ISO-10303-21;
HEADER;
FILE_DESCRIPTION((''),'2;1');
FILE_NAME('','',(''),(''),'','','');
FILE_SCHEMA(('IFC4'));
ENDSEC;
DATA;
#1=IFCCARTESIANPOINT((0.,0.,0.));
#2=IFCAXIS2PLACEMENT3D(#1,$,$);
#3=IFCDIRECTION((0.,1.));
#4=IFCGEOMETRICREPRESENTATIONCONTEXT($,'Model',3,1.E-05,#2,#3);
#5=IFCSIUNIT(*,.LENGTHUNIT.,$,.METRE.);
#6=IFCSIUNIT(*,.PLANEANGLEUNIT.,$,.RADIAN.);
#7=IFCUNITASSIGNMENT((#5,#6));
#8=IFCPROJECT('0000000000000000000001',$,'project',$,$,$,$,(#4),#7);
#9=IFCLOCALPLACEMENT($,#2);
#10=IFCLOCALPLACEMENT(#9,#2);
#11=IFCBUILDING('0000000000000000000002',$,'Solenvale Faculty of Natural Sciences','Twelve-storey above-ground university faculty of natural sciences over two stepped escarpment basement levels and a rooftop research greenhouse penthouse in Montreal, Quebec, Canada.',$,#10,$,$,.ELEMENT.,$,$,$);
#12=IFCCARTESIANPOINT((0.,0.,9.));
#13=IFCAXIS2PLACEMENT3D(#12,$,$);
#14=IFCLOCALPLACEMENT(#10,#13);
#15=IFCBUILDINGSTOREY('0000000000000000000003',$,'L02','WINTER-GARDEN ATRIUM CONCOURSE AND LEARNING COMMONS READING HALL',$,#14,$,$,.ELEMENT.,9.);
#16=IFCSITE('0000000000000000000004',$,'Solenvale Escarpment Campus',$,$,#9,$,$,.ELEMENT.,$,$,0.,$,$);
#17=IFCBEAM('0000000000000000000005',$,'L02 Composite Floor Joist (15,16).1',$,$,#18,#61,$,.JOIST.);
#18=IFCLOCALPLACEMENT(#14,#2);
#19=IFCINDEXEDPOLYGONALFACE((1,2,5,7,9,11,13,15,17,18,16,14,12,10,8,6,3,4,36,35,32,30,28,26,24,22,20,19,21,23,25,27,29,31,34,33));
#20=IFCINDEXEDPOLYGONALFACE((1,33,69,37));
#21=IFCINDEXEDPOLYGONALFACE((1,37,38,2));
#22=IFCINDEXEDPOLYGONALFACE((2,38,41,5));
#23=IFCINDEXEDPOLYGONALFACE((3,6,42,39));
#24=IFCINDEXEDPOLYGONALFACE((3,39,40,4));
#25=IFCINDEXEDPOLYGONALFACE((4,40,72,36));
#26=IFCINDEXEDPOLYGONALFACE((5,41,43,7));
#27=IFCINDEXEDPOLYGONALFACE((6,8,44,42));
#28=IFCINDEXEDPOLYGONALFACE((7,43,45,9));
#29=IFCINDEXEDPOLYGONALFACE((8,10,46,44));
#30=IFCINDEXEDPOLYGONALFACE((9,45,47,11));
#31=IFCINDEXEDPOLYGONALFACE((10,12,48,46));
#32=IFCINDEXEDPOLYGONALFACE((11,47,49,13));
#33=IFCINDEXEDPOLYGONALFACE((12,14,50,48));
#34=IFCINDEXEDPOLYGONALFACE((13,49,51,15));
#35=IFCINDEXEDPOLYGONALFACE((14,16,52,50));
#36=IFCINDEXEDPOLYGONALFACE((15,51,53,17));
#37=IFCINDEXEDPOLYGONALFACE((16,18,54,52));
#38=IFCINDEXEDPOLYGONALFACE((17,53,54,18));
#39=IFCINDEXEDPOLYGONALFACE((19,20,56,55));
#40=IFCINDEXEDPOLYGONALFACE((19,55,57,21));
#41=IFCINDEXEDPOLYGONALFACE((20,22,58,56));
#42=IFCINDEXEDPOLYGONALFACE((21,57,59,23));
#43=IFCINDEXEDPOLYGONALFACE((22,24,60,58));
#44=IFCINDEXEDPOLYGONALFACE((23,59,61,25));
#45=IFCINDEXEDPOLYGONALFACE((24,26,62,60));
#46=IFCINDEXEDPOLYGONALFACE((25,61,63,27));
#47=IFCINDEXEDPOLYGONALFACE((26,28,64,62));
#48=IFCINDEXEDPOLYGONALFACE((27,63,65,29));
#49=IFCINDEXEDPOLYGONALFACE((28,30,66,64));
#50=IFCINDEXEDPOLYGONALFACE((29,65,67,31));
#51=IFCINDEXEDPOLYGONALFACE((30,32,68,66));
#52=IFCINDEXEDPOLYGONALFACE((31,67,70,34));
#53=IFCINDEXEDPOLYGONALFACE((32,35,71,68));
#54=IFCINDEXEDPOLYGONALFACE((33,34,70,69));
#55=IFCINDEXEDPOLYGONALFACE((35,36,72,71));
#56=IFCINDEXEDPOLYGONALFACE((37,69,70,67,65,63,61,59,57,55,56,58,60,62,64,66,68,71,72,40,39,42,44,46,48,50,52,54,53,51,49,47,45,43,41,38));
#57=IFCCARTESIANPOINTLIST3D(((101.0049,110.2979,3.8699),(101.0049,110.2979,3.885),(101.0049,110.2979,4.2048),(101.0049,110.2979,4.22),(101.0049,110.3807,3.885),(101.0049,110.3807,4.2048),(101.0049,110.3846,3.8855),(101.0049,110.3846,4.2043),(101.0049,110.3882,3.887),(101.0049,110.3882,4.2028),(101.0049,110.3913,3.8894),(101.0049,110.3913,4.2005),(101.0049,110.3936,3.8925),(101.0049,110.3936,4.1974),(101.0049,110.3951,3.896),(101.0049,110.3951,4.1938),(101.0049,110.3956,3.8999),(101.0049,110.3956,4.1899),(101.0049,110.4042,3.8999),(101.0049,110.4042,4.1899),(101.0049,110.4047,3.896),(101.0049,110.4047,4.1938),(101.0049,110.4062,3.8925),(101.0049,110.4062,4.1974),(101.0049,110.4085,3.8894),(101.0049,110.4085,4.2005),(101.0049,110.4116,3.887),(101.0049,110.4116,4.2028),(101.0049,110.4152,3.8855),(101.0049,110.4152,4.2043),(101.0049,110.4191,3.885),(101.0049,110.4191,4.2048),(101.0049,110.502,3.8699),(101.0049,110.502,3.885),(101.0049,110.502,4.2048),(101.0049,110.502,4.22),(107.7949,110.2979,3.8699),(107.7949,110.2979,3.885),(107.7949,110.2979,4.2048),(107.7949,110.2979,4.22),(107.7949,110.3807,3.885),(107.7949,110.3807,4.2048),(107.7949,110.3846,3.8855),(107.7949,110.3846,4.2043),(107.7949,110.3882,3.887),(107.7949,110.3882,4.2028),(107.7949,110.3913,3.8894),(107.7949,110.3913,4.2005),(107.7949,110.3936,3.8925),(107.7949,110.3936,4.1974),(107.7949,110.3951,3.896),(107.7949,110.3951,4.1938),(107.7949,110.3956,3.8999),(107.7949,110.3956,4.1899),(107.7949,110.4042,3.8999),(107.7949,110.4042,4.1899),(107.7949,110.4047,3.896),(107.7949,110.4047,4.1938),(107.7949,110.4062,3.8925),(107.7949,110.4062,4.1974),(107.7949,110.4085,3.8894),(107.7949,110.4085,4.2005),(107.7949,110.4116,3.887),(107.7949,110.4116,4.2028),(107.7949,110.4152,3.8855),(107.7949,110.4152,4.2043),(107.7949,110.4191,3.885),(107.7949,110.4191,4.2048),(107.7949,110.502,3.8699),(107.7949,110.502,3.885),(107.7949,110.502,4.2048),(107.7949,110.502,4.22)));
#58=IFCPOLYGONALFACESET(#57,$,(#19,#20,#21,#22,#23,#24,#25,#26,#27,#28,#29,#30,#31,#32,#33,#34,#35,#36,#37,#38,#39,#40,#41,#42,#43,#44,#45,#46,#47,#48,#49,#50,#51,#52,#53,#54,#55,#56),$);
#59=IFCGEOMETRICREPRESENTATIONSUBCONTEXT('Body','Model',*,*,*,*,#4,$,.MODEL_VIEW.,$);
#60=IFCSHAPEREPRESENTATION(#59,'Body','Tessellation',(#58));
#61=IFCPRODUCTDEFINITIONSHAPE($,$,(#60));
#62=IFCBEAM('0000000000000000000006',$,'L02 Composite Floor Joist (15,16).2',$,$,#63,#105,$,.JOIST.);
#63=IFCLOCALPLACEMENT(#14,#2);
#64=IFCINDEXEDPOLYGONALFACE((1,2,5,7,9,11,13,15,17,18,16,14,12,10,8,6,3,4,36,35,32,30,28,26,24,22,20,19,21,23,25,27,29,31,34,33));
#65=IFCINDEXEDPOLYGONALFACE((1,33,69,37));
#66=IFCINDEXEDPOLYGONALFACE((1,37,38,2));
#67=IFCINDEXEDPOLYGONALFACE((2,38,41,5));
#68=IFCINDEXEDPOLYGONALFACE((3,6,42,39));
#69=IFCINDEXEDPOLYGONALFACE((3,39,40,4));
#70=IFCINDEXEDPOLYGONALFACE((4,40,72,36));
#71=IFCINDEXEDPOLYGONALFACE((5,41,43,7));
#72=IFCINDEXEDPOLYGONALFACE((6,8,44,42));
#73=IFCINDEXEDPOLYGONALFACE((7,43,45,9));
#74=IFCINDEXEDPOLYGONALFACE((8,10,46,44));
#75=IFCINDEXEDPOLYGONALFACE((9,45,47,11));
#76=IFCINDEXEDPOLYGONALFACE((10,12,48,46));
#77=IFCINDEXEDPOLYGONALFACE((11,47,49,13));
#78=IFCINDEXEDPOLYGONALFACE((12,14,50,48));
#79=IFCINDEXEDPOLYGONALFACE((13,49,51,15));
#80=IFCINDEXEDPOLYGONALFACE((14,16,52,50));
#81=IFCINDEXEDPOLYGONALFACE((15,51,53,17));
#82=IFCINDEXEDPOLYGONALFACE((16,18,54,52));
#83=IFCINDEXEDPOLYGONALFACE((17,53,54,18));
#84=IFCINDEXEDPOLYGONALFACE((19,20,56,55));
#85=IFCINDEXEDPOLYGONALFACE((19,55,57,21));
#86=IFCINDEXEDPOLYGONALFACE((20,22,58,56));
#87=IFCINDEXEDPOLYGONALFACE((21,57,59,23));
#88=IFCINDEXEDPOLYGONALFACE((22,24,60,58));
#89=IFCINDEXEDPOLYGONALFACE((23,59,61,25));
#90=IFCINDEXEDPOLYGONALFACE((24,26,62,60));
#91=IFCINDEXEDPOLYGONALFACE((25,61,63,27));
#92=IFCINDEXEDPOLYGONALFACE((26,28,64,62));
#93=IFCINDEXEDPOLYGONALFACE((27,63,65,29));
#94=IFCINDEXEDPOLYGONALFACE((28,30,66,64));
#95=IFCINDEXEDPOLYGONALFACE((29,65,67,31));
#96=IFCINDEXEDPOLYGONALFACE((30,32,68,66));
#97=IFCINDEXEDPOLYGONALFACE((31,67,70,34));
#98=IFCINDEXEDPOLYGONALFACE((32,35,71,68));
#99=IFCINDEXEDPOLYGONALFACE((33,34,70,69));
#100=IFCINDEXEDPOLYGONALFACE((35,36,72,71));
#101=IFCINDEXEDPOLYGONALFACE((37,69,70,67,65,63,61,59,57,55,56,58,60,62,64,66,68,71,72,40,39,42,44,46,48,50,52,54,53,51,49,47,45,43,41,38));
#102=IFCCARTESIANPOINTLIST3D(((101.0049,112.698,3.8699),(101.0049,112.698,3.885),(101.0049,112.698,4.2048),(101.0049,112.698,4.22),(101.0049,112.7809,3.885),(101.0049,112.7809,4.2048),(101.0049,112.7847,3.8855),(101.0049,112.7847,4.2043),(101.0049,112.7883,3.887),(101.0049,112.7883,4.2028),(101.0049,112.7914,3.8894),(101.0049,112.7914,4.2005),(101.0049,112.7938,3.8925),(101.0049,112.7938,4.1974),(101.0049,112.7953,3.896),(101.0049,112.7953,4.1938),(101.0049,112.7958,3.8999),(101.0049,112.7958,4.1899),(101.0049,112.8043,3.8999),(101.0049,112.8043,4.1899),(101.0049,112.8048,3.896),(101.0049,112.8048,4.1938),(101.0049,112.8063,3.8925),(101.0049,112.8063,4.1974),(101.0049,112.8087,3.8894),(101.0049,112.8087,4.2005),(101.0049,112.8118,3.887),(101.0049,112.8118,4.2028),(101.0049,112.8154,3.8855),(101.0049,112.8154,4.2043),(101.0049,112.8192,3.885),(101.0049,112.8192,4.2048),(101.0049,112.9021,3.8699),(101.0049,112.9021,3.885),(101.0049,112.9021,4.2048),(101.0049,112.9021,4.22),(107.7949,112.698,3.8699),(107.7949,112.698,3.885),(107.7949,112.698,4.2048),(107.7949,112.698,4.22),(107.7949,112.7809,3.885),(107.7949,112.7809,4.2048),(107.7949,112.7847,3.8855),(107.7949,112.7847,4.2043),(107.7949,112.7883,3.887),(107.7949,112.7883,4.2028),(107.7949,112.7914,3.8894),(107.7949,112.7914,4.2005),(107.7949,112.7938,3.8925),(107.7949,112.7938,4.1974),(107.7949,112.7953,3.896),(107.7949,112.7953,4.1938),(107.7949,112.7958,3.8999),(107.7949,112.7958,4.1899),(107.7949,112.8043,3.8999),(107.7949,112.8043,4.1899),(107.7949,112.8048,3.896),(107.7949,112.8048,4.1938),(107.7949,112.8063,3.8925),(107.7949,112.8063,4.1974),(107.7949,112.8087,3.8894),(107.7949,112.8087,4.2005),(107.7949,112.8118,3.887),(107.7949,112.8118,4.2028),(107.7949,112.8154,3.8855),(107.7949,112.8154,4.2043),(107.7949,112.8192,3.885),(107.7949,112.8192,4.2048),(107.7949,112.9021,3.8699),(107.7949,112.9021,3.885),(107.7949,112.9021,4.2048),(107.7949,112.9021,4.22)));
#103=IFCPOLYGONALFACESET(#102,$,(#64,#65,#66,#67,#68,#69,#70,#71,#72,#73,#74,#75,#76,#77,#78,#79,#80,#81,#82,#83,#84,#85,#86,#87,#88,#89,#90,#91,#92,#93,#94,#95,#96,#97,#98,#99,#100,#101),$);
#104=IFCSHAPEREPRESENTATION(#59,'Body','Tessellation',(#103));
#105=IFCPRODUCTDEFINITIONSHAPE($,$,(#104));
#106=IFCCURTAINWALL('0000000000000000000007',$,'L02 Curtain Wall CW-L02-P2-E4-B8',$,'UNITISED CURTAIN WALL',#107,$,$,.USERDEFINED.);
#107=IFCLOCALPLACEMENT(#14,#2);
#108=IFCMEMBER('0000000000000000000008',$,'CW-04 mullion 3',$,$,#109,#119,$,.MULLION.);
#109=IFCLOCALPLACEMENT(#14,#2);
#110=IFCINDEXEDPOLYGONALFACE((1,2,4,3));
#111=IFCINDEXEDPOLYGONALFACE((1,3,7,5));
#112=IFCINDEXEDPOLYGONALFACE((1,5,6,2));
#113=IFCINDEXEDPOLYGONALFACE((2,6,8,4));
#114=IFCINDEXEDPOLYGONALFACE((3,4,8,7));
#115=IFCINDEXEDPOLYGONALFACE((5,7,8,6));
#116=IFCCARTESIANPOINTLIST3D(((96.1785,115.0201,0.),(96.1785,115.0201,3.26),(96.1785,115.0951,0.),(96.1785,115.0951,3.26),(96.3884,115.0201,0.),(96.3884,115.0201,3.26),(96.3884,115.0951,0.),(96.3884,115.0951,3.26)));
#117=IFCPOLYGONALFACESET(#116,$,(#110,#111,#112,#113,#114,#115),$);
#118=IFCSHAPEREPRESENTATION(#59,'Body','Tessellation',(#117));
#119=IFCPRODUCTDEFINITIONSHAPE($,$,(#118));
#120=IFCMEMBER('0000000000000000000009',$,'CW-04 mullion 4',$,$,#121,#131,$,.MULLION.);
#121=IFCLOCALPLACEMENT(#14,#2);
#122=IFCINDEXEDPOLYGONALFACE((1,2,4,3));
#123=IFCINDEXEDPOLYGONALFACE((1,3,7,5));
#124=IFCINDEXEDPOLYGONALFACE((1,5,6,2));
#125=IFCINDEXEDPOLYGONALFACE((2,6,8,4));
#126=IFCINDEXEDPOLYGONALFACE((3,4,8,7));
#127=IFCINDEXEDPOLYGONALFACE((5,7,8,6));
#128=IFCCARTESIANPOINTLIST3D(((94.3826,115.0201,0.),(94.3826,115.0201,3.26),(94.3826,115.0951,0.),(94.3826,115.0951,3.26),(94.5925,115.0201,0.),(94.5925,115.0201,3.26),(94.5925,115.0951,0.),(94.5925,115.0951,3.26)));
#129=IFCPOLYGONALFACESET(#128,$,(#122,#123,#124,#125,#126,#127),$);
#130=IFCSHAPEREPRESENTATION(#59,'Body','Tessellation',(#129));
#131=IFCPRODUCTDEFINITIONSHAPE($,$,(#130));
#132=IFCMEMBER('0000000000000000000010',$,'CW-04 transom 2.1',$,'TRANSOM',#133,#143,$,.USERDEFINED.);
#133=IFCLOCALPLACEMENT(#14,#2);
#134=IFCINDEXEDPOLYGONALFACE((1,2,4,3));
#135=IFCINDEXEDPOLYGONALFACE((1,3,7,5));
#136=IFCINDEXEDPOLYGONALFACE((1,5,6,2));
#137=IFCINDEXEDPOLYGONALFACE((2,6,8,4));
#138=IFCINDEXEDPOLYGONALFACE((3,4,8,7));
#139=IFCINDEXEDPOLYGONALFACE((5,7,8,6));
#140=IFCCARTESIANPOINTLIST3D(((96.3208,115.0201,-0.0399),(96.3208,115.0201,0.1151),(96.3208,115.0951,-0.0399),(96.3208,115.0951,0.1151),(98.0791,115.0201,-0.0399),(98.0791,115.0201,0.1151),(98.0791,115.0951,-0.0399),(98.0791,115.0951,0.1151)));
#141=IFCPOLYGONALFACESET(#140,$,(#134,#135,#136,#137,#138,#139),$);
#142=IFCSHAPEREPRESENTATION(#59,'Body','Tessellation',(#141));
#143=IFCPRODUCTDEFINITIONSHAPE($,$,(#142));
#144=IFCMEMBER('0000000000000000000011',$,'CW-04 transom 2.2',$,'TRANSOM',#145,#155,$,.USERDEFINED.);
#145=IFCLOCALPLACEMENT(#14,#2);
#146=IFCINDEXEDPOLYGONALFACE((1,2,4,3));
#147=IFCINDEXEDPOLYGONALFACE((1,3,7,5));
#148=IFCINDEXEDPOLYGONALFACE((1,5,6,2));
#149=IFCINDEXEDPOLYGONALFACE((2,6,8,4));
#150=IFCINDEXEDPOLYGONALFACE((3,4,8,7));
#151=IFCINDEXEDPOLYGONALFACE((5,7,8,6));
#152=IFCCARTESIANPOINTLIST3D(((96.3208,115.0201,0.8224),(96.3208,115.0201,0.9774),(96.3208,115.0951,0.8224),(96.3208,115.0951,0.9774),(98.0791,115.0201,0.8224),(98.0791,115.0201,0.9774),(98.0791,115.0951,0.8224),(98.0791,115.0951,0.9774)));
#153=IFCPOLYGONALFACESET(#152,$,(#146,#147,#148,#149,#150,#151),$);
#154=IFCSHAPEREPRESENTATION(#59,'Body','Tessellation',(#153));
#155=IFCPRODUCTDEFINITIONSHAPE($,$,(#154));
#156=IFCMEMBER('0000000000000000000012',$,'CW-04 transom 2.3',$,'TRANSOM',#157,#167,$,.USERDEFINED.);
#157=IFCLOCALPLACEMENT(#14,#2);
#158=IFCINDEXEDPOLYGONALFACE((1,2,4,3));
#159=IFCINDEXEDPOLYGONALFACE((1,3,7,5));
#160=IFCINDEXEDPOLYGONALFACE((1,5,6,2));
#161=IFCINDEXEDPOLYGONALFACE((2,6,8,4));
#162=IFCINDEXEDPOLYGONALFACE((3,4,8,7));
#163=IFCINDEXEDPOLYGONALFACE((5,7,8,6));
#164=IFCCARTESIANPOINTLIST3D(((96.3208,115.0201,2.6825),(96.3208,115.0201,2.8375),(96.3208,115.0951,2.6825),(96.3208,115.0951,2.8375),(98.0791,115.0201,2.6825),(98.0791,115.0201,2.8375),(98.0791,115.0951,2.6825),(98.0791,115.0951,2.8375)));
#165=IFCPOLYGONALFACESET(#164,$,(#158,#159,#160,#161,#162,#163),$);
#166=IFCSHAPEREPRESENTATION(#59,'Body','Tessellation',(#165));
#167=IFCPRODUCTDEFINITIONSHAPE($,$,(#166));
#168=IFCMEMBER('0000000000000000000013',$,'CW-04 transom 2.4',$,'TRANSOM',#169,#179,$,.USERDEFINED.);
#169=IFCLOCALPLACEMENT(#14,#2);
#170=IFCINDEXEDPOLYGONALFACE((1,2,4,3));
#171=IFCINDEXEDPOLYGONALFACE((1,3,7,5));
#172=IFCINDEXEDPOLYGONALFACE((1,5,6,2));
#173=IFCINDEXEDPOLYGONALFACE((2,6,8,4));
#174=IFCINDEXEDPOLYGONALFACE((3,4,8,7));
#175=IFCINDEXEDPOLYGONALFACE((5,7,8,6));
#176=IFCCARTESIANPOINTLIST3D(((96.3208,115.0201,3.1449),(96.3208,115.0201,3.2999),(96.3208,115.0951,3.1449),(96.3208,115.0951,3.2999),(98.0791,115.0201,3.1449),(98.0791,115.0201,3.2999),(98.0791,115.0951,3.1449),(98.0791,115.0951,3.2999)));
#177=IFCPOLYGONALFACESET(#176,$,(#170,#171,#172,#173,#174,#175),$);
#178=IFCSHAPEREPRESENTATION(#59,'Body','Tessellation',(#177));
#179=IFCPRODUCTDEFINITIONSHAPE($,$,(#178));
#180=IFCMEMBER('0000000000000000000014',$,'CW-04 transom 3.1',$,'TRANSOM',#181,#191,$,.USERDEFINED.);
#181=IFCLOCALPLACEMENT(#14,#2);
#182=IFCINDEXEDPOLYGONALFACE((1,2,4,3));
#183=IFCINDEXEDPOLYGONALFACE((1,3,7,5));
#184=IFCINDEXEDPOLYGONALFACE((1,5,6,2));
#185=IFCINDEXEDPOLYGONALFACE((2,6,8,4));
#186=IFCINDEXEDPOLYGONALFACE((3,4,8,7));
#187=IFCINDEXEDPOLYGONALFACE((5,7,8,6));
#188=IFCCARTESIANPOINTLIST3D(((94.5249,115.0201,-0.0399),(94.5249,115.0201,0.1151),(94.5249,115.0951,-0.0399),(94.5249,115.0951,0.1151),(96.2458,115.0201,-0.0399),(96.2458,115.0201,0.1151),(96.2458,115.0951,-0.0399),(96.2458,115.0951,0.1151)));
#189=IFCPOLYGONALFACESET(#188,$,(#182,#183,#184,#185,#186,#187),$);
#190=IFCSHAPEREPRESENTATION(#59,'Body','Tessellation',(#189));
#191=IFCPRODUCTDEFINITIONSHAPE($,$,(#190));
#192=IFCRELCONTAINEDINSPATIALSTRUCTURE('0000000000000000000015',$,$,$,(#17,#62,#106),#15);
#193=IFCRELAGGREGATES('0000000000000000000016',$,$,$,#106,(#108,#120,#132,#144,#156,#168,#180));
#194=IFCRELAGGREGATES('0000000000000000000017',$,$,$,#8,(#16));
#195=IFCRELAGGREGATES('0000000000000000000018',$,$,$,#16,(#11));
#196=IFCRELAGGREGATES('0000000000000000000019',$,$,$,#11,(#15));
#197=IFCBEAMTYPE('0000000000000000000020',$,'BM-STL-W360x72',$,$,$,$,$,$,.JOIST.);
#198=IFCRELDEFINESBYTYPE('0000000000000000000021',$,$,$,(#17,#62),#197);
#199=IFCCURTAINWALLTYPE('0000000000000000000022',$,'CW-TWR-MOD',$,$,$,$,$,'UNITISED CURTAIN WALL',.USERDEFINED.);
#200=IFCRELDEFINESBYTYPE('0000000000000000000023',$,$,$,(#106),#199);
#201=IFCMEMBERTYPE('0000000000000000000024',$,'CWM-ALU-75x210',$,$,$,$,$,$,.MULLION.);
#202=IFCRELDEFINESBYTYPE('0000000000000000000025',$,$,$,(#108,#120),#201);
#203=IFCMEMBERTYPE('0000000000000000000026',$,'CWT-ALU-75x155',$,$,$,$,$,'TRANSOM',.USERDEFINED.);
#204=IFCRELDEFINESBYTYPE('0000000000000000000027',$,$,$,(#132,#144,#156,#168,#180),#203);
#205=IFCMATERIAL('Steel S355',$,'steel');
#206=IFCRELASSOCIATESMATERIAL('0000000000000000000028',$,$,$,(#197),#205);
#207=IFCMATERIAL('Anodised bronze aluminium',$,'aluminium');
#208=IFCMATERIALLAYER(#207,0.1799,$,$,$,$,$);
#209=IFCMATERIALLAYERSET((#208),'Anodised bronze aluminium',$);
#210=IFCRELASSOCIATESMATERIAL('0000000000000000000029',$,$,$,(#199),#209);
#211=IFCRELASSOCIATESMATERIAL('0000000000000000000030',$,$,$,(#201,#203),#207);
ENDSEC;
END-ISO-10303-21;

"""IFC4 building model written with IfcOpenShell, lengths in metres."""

from ifc_helpers import new_model, si_unit, direction, frame, origin, origin_2d, place, context, subcontext, project, spatial, rectangle, i_section, extrude, material, layer, layer_set, material_profile, profile_set, type_object, element, aggregate, save


model = new_model("IFC4")

# Units and contexts
model_context = context("Model", 3, precision=1e-05, world=origin(), true_north=direction((0.0, 1.0)))
body_context = subcontext(model_context, "Body", "Model", "MODEL_VIEW")
ifc_project = project(units=[si_unit("LENGTHUNIT", "METRE"), si_unit("PLANEANGLEUNIT", "RADIAN")], contexts=[model_context])

# Site, building, storey
site_placement = place(None, origin())
site = spatial("IfcSite", under=ifc_project, at=site_placement, Name="Solenvale Escarpment Campus", CompositionType="ELEMENT", RefElevation=0.0)
building_placement = place(site_placement, origin())
building = spatial("IfcBuilding", under=site, at=building_placement, Name="Solenvale Faculty of Natural Sciences", Description="Twelve-storey above-ground university faculty of natural sciences over two stepped escarpment basement levels and a rooftop research greenhouse penthouse in Montreal, Quebec, Canada.", CompositionType="ELEMENT")
storey_placement = place(building_placement, frame((0.0, 0.0, 9.0)))
storey = spatial("IfcBuildingStorey", under=building, at=storey_placement, Name="L02", Description="WINTER-GARDEN ATRIUM CONCOURSE AND LEARNING COMMONS READING HALL", CompositionType="ELEMENT", Elevation=9.0)

# Beams
ifc_material_1 = material(Name="Steel S355", Category="steel")
ifc_material_profile_1 = material_profile(ifc_material_1, i_section(OverallWidth=0.2041, OverallDepth=0.3501, WebThickness=0.0085, FlangeThickness=0.0151, FilletRadius=0.0149, at=origin_2d()), Name="W360x72")
ifc_profile_set_1 = profile_set([ifc_material_profile_1], Name="Steel S355")
beam_type_1 = type_object("IfcBeamType", Name="BM-STL-W360x72", PredefinedType="JOIST", material=ifc_profile_set_1)
for number, where, z_axis, x_axis, name in (
    (1, (101.0049, 110.3999, 4.0449), (1.0, 0.0, 0.0), (0.0, 1.0, 0.0), "L02 Composite Floor Joist (15,16).1"),
    (2, (101.0049, 112.8, 4.0449), (1.0, 0.0, 0.0), (0.0, 1.0, 0.0), "L02 Composite Floor Joist (15,16).2"),
):
    element("IfcBeam", number, at=place(storey_placement, frame(where, z_axis=z_axis, x_axis=x_axis)), inside=storey, type_object=beam_type_1, Name=name, PredefinedType="JOIST", context=body_context, shape_type="SweptSolid", body=[
        extrude(i_section(OverallWidth=0.2041, OverallDepth=0.3501, WebThickness=0.0085, FlangeThickness=0.0151, FilletRadius=0.0149, at=origin_2d()), origin(), (0.0, 0.0, 1.0), 6.79),
    ])

# Curtain wall, members
ifc_material_2 = material(Name="Anodised bronze aluminium", Category="aluminium")
ifc_layer_1 = layer(ifc_material_2, 0.1799)
ifc_layer_set_1 = layer_set([ifc_layer_1], Name="Anodised bronze aluminium")
curtain_wall_type = type_object("IfcCurtainWallType", Name="CW-TWR-MOD", ElementType="UNITISED CURTAIN WALL", PredefinedType="USERDEFINED", material=ifc_layer_set_1)
curtain_wall_placement = place(storey_placement, origin())
curtain_wall = element("IfcCurtainWall", 3, at=curtain_wall_placement, inside=storey, type_object=curtain_wall_type, Name="L02 Curtain Wall CW-L02-P2-E4-B8", ObjectType="UNITISED CURTAIN WALL", PredefinedType="USERDEFINED")
ifc_material_profile_2 = material_profile(ifc_material_2, rectangle(XDim=0.075, YDim=0.21, at=origin_2d()), Name="ALU-MUL-75x210")
ifc_profile_set_2 = profile_set([ifc_material_profile_2], Name="Anodised bronze aluminium")
member_type_1 = type_object("IfcMemberType", Name="CWM-ALU-75x210", PredefinedType="MULLION", material=ifc_profile_set_2)
member_1_placement = place(storey_placement, frame((96.2834, 115.0576, 0.0), z_axis=(0.0, 0.0, 1.0), x_axis=(0.0, -1.0, 0.0)))
member_1 = element("IfcMember", 4, at=member_1_placement, type_object=member_type_1, Name="CW-04 mullion 3", PredefinedType="MULLION", context=body_context, shape_type="SweptSolid", body=[
    extrude(rectangle(XDim=0.075, YDim=0.21, at=origin_2d()), origin(), (0.0, 0.0, 1.0), 3.26),
])
member_2_placement = place(storey_placement, frame((94.4875, 115.0576, 0.0), z_axis=(0.0, 0.0, 1.0), x_axis=(0.0, -1.0, 0.0)))
member_2 = element("IfcMember", 5, at=member_2_placement, type_object=member_type_1, Name="CW-04 mullion 4", PredefinedType="MULLION", context=body_context, shape_type="SweptSolid", body=[
    extrude(rectangle(XDim=0.075, YDim=0.21, at=origin_2d()), origin(), (0.0, 0.0, 1.0), 3.26),
])
ifc_material_profile_3 = material_profile(ifc_material_2, rectangle(XDim=0.075, YDim=0.155, at=origin_2d()), Name="ALU-TRN-75x155")
ifc_profile_set_3 = profile_set([ifc_material_profile_3], Name="Anodised bronze aluminium")
member_type_2 = type_object("IfcMemberType", Name="CWT-ALU-75x155", ElementType="TRANSOM", PredefinedType="USERDEFINED", material=ifc_profile_set_3)
member_3_placement = place(storey_placement, frame((98.0791, 115.0576, 0.0376), z_axis=(-1.0, 0.0, 0.0), x_axis=(0.0, -1.0, 0.0)))
member_3 = element("IfcMember", 6, at=member_3_placement, type_object=member_type_2, Name="CW-04 transom 2.1", ObjectType="TRANSOM", PredefinedType="USERDEFINED", context=body_context, shape_type="SweptSolid", body=[
    extrude(rectangle(XDim=0.075, YDim=0.155, at=origin_2d()), origin(), (0.0, 0.0, 1.0), 1.7583),
])
member_4_placement = place(storey_placement, frame((98.0791, 115.0576, 0.8999), z_axis=(-1.0, 0.0, 0.0), x_axis=(0.0, -1.0, 0.0)))
member_4 = element("IfcMember", 7, at=member_4_placement, type_object=member_type_2, Name="CW-04 transom 2.2", ObjectType="TRANSOM", PredefinedType="USERDEFINED", context=body_context, shape_type="SweptSolid", body=[
    extrude(rectangle(XDim=0.075, YDim=0.155, at=origin_2d()), origin(), (0.0, 0.0, 1.0), 1.7583),
])
member_5_placement = place(storey_placement, frame((98.0791, 115.0576, 2.76), z_axis=(-1.0, 0.0, 0.0), x_axis=(0.0, -1.0, 0.0)))
member_5 = element("IfcMember", 8, at=member_5_placement, type_object=member_type_2, Name="CW-04 transom 2.3", ObjectType="TRANSOM", PredefinedType="USERDEFINED", context=body_context, shape_type="SweptSolid", body=[
    extrude(rectangle(XDim=0.075, YDim=0.155, at=origin_2d()), origin(), (0.0, 0.0, 1.0), 1.7583),
])
member_6_placement = place(storey_placement, frame((98.0791, 115.0576, 3.2224), z_axis=(-1.0, 0.0, 0.0), x_axis=(0.0, -1.0, 0.0)))
member_6 = element("IfcMember", 9, at=member_6_placement, type_object=member_type_2, Name="CW-04 transom 2.4", ObjectType="TRANSOM", PredefinedType="USERDEFINED", context=body_context, shape_type="SweptSolid", body=[
    extrude(rectangle(XDim=0.075, YDim=0.155, at=origin_2d()), origin(), (0.0, 0.0, 1.0), 1.7583),
])
member_7_placement = place(storey_placement, frame((96.2458, 115.0576, 0.0376), z_axis=(-1.0, 0.0, 0.0), x_axis=(0.0, -1.0, 0.0)))
member_7 = element("IfcMember", 10, at=member_7_placement, type_object=member_type_2, Name="CW-04 transom 3.1", ObjectType="TRANSOM", PredefinedType="USERDEFINED", context=body_context, shape_type="SweptSolid", body=[
    extrude(rectangle(XDim=0.075, YDim=0.155, at=origin_2d()), origin(), (0.0, 0.0, 1.0), 1.7209),
])
aggregate(curtain_wall, [member_1, member_2, member_3, member_4, member_5, member_6, member_7])

save(model, "model.ifc")
